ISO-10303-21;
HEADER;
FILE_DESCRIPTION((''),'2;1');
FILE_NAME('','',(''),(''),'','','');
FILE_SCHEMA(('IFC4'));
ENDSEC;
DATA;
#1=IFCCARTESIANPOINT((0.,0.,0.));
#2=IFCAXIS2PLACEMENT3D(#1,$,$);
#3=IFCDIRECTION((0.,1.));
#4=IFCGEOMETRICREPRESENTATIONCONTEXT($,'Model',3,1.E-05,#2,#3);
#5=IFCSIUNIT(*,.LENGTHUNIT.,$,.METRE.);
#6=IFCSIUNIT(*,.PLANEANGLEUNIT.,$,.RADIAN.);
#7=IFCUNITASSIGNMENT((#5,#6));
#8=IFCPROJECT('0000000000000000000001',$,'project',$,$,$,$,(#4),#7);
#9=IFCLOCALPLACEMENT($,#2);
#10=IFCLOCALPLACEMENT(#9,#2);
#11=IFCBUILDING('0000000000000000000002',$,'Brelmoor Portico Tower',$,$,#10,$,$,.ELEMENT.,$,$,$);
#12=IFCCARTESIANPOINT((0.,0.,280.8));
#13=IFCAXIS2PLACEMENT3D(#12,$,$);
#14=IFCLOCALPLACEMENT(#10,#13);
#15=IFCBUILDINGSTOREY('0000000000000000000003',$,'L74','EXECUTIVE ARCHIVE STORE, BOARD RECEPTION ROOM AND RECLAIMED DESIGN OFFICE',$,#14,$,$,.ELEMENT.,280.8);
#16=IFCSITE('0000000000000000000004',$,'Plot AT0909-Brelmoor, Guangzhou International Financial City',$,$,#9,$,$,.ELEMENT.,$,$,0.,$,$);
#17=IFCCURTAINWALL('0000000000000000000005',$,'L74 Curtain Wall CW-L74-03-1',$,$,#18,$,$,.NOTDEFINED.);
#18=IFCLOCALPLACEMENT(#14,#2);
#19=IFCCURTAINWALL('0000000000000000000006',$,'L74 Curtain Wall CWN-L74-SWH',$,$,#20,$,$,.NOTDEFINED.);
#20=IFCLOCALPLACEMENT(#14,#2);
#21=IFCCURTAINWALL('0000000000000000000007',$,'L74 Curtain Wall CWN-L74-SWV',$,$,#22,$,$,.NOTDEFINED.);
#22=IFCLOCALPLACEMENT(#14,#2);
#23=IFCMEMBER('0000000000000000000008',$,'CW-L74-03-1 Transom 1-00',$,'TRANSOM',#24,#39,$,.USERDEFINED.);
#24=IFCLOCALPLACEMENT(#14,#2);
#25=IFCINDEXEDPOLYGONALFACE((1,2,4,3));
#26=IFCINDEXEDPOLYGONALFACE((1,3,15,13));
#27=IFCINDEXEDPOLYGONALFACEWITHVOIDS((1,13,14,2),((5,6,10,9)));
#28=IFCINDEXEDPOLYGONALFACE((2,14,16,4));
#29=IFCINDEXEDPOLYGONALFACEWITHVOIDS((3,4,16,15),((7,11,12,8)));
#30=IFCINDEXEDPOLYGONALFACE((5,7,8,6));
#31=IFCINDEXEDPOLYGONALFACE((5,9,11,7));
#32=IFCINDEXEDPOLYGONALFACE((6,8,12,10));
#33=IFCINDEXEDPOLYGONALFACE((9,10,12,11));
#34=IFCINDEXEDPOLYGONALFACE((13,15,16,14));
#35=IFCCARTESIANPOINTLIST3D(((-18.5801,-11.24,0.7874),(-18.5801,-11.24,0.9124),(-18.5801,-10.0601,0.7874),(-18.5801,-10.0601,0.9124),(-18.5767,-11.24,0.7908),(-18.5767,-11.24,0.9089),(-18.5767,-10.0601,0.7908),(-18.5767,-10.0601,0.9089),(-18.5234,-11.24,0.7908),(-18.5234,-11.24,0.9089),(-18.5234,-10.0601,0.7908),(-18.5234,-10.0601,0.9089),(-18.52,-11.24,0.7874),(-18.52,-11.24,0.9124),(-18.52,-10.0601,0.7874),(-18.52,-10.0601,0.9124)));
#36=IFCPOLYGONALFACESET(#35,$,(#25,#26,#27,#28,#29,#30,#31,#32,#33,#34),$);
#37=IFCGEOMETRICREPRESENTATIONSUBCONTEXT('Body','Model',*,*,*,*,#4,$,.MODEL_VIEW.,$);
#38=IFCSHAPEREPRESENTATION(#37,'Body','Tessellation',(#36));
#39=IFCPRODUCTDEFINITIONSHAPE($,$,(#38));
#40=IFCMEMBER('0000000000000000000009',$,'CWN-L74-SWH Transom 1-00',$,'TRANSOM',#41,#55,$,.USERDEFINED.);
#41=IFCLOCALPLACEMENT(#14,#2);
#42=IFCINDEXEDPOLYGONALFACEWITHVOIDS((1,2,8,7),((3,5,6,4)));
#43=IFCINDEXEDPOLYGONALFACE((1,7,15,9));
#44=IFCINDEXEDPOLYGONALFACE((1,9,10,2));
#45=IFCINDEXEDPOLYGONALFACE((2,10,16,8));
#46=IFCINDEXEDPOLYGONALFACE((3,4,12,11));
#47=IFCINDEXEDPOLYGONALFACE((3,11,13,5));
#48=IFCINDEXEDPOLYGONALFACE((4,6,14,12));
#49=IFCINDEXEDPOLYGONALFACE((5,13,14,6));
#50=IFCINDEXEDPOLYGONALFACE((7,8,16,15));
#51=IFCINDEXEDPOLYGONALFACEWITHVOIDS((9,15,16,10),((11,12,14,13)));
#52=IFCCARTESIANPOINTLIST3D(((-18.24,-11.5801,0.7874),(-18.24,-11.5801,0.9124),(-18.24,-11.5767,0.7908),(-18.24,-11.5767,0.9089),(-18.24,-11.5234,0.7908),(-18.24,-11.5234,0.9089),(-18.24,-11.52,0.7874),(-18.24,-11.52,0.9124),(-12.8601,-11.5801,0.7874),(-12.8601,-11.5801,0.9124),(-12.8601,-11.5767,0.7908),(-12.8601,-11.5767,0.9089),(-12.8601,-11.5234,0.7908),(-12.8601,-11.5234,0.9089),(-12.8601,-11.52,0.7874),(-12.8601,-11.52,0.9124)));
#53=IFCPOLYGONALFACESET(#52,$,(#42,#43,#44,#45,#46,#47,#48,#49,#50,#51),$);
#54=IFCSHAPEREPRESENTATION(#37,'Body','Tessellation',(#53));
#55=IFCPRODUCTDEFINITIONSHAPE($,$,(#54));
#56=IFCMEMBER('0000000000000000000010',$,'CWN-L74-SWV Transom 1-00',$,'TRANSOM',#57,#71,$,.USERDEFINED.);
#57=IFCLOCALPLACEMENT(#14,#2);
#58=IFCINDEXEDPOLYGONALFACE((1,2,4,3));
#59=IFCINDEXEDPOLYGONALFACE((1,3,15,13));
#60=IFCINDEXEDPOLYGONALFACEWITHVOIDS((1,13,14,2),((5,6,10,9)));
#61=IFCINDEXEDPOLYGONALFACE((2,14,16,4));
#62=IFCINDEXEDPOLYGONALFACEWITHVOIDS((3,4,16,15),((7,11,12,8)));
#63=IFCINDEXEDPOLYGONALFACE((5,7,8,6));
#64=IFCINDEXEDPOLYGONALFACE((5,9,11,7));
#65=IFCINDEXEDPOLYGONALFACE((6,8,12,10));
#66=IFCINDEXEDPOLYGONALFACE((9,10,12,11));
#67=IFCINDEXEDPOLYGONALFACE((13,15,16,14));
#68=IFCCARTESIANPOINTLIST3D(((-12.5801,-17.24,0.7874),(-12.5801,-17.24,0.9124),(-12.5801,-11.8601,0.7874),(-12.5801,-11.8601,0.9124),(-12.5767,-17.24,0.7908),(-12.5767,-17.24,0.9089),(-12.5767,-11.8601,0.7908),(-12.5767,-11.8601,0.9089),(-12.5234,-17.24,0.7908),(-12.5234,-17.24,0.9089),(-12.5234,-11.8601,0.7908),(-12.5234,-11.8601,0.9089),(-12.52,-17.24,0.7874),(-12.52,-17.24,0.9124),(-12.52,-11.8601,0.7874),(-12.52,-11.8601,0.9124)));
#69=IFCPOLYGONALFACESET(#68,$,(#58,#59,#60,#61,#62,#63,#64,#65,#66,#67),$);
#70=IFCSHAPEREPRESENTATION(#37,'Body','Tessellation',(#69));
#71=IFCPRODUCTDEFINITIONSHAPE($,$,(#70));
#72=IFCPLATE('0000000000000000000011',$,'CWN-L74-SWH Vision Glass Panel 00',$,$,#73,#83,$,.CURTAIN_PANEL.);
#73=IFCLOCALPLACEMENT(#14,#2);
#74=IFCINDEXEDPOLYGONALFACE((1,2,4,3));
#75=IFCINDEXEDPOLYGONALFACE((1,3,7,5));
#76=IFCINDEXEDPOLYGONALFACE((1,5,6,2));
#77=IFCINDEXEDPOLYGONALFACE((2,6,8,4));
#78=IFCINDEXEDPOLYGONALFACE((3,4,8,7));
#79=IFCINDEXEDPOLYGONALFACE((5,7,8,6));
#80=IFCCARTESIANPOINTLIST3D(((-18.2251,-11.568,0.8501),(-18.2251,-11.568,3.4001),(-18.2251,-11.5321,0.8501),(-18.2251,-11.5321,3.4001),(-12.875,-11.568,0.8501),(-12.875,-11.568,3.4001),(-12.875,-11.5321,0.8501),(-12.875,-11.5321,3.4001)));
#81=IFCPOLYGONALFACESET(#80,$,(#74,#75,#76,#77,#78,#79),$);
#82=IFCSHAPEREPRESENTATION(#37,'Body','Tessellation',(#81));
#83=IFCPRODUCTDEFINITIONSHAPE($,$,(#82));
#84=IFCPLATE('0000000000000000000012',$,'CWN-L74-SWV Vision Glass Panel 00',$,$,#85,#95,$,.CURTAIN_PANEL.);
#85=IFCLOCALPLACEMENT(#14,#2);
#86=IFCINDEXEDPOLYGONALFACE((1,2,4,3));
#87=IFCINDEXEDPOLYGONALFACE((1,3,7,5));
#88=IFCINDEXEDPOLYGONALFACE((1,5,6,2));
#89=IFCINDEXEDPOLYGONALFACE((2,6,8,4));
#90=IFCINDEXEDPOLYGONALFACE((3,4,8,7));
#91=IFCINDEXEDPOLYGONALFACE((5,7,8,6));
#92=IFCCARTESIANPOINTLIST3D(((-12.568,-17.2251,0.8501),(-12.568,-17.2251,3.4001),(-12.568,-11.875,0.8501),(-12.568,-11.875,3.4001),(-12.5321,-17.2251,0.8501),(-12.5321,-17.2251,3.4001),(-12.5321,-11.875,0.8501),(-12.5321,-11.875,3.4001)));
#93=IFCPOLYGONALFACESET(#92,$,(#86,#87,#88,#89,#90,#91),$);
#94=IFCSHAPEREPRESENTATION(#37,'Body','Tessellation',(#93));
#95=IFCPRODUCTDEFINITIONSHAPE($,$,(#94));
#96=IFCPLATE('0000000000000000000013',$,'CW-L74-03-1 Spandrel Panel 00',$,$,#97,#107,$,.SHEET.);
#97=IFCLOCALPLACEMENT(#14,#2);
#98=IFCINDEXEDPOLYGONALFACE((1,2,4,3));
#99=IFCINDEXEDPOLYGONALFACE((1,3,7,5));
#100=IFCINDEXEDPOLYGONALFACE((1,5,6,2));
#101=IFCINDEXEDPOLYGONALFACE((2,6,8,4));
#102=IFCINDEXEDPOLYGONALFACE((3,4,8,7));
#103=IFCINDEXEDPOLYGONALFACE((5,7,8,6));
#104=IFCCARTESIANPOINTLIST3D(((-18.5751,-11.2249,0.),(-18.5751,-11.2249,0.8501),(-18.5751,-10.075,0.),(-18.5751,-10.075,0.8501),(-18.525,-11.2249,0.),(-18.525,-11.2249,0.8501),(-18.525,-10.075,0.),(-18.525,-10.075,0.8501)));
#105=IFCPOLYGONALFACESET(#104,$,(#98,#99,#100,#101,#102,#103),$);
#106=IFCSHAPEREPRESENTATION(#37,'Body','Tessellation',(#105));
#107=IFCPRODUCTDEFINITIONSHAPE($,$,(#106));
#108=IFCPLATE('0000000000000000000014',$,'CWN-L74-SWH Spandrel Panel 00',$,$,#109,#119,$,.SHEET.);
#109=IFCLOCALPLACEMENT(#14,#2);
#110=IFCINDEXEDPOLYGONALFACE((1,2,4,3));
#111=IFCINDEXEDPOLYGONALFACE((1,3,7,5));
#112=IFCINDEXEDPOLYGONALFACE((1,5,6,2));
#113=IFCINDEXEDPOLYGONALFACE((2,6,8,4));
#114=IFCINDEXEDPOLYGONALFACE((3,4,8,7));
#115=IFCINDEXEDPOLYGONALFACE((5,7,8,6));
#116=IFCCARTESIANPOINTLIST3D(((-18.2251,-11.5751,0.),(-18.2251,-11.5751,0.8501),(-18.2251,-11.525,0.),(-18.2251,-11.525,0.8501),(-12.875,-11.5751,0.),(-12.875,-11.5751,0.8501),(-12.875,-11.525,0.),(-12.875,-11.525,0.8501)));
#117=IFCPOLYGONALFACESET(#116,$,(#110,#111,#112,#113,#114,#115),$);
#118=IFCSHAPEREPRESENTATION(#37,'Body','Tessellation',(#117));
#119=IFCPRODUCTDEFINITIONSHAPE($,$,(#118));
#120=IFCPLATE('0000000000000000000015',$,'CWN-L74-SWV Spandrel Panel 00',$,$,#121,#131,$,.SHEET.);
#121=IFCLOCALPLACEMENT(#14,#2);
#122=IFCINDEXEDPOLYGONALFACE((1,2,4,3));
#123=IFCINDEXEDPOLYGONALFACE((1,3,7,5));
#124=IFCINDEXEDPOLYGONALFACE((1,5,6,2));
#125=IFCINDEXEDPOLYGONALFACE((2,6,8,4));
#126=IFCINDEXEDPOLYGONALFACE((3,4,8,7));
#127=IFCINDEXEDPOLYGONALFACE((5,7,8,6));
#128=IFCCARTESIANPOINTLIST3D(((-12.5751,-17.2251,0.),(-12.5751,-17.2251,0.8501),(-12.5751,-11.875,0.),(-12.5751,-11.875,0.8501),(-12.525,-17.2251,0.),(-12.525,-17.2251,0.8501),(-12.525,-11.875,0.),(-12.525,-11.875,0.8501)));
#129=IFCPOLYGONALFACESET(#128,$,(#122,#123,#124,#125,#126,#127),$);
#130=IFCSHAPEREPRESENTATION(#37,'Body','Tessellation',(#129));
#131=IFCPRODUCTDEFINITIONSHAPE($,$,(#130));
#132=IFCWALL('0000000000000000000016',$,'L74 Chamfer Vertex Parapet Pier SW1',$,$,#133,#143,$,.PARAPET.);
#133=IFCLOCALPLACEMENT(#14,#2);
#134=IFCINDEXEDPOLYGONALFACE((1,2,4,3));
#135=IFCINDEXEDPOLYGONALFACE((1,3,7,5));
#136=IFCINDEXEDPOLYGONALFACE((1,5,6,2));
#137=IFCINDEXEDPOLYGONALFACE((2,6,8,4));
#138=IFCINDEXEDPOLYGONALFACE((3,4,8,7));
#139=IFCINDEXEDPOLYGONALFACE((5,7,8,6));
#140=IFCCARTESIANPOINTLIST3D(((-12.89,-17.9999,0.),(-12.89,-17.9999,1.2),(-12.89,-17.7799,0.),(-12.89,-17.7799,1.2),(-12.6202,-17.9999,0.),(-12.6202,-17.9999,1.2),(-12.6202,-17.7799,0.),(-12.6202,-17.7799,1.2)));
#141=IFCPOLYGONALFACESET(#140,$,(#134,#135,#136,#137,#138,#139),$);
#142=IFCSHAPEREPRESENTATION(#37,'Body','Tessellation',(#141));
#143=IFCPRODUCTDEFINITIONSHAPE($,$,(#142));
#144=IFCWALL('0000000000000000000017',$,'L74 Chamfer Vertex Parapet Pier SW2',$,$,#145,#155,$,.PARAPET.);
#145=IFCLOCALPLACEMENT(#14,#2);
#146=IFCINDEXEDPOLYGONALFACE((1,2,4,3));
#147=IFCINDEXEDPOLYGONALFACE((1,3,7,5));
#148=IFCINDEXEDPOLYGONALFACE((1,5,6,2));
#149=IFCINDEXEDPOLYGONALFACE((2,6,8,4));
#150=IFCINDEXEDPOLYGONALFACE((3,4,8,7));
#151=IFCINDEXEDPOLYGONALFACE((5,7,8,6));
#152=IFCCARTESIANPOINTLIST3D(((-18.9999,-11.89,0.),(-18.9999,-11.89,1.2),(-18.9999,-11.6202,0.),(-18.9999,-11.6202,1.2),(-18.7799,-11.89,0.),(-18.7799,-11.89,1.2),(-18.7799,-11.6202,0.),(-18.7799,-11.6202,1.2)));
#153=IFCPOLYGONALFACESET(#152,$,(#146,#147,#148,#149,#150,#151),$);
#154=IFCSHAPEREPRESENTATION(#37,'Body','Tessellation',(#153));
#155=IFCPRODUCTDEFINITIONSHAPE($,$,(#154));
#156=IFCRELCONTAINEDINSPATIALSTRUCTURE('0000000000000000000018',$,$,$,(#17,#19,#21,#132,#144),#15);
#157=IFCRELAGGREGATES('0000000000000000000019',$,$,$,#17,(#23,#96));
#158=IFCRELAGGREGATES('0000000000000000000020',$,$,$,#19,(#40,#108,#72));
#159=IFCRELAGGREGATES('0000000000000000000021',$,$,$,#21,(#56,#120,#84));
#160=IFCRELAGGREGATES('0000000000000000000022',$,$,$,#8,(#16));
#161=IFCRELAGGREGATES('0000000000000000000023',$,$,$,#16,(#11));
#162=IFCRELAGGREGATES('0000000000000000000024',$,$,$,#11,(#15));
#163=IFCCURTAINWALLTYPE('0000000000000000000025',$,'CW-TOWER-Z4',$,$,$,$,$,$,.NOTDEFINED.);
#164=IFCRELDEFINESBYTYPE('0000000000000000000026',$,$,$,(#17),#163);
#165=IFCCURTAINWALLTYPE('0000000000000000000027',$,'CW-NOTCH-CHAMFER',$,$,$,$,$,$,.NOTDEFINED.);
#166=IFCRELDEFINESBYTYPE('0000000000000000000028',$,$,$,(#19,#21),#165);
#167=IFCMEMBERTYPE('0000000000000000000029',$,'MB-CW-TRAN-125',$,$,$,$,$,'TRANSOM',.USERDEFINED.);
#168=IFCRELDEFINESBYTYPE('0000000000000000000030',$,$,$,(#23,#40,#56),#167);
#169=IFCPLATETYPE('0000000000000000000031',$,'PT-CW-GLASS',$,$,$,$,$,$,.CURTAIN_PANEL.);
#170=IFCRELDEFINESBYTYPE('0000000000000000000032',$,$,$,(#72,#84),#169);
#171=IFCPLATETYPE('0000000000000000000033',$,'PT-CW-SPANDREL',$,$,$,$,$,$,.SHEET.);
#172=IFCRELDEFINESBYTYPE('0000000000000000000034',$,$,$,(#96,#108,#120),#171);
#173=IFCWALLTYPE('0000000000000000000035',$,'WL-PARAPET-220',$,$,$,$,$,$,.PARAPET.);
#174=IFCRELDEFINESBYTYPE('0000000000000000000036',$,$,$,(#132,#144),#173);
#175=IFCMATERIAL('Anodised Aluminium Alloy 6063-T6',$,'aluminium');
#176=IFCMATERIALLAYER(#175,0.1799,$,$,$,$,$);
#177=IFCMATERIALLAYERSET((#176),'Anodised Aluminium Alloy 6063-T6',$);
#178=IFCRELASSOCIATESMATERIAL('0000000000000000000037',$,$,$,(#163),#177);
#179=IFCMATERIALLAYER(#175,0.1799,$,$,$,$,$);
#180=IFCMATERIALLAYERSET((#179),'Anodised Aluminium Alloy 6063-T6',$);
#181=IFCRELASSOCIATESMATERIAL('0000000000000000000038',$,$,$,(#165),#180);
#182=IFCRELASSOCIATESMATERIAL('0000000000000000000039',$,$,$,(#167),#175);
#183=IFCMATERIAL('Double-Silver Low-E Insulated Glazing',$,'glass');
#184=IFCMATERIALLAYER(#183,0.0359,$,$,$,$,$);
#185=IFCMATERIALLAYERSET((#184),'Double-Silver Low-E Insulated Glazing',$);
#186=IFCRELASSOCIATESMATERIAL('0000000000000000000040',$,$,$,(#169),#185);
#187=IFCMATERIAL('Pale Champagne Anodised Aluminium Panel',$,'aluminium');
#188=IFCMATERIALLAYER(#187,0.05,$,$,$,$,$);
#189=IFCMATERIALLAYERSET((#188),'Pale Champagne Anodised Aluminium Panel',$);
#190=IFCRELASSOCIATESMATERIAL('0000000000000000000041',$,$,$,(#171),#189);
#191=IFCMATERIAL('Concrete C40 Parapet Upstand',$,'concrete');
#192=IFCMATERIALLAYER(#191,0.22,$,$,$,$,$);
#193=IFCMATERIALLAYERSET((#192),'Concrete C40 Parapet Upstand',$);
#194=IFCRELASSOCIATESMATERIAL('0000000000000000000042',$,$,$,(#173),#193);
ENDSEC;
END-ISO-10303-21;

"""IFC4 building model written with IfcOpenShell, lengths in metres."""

from ifc_helpers import new_model, si_unit, direction, frame, frame_2d, origin, origin_2d, place, context, subcontext, project, spatial, rectangle, hollow_rectangle, extrude, material, layer, layer_set, material_profile, profile_set, type_object, element, aggregate, save


model = new_model("IFC4")

# Units and contexts
model_context = context("Model", 3, precision=1e-05, world=origin(), true_north=direction((0.0, 1.0)))
body_context = subcontext(model_context, "Body", "Model", "MODEL_VIEW")
ifc_project = project(units=[si_unit("LENGTHUNIT", "METRE"), si_unit("PLANEANGLEUNIT", "RADIAN")], contexts=[model_context])

# Site, building, storey
site_placement = place(None, origin())
site = spatial("IfcSite", under=ifc_project, at=site_placement, Name="Plot AT0909-Brelmoor, Guangzhou International Financial City", CompositionType="ELEMENT", RefElevation=0.0)
building_placement = place(site_placement, origin())
building = spatial("IfcBuilding", under=site, at=building_placement, Name="Brelmoor Portico Tower", CompositionType="ELEMENT")
storey_placement = place(building_placement, frame((0.0, 0.0, 280.8)))
storey = spatial("IfcBuildingStorey", under=building, at=storey_placement, Name="L74", Description="EXECUTIVE ARCHIVE STORE, BOARD RECEPTION ROOM AND RECLAIMED DESIGN OFFICE", CompositionType="ELEMENT", Elevation=280.8)

# Curtain wall
ifc_material_1 = material(Name="Anodised Aluminium Alloy 6063-T6", Category="aluminium")
ifc_layer_1 = layer(ifc_material_1, 0.1799)
ifc_layer_set_1 = layer_set([ifc_layer_1], Name="Anodised Aluminium Alloy 6063-T6")
curtain_wall_type_1 = type_object("IfcCurtainWallType", Name="CW-TOWER-Z4", PredefinedType="NOTDEFINED", material=ifc_layer_set_1)
curtain_wall_1_placement = place(storey_placement, origin())
curtain_wall_1 = element("IfcCurtainWall", 1, at=curtain_wall_1_placement, inside=storey, type_object=curtain_wall_type_1, Name="L74 Curtain Wall CW-L74-03-1", PredefinedType="NOTDEFINED")

# Curtain wall
ifc_layer_2 = layer(ifc_material_1, 0.1799)
ifc_layer_set_2 = layer_set([ifc_layer_2], Name="Anodised Aluminium Alloy 6063-T6")
curtain_wall_type_2 = type_object("IfcCurtainWallType", Name="CW-NOTCH-CHAMFER", PredefinedType="NOTDEFINED", material=ifc_layer_set_2)
curtain_wall_2_placement = place(storey_placement, origin())
curtain_wall_2 = element("IfcCurtainWall", 2, at=curtain_wall_2_placement, inside=storey, type_object=curtain_wall_type_2, Name="L74 Curtain Wall CWN-L74-SWH", PredefinedType="NOTDEFINED")

# Curtain wall
curtain_wall_3_placement = place(storey_placement, origin())
curtain_wall_3 = element("IfcCurtainWall", 3, at=curtain_wall_3_placement, inside=storey, type_object=curtain_wall_type_2, Name="L74 Curtain Wall CWN-L74-SWV", PredefinedType="NOTDEFINED")

# Members
ifc_material_profile_1 = material_profile(ifc_material_1, hollow_rectangle(XDim=0.0601, YDim=0.125, WallThickness=0.0034, at=origin_2d()), Name="ALU TRANSOM 60x125")
ifc_profile_set_1 = profile_set([ifc_material_profile_1], Name="Anodised Aluminium Alloy 6063-T6")
member_type_1 = type_object("IfcMemberType", Name="MB-CW-TRAN-125", ElementType="TRANSOM", PredefinedType="USERDEFINED", material=ifc_profile_set_1)
member_1_placement = place(storey_placement, frame((-18.55, -11.24, 0.8499), z_axis=(0.0, 1.0, 0.0), x_axis=(-1.0, 0.0, 0.0)))
member_1 = element("IfcMember", 4, at=member_1_placement, type_object=member_type_1, Name="CW-L74-03-1 Transom 1-00", ObjectType="TRANSOM", PredefinedType="USERDEFINED", context=body_context, shape_type="SweptSolid", body=[
    extrude(hollow_rectangle(XDim=0.0601, YDim=0.125, WallThickness=0.0034, at=origin_2d()), origin(), (0.0, 0.0, 1.0), 1.1799),
])
member_2_placement = place(storey_placement, frame((-18.24, -11.55, 0.8499), z_axis=(1.0, 0.0, 0.0), x_axis=(0.0, 1.0, 0.0)))
member_2 = element("IfcMember", 5, at=member_2_placement, type_object=member_type_1, Name="CWN-L74-SWH Transom 1-00", ObjectType="TRANSOM", PredefinedType="USERDEFINED", context=body_context, shape_type="SweptSolid", body=[
    extrude(hollow_rectangle(XDim=0.0601, YDim=0.125, WallThickness=0.0034, at=origin_2d()), origin(), (0.0, 0.0, 1.0), 5.3799),
])
member_3_placement = place(storey_placement, frame((-12.55, -17.24, 0.8499), z_axis=(0.0, 1.0, 0.0), x_axis=(-1.0, 0.0, 0.0)))
member_3 = element("IfcMember", 6, at=member_3_placement, type_object=member_type_1, Name="CWN-L74-SWV Transom 1-00", ObjectType="TRANSOM", PredefinedType="USERDEFINED", context=body_context, shape_type="SweptSolid", body=[
    extrude(hollow_rectangle(XDim=0.0601, YDim=0.125, WallThickness=0.0034, at=origin_2d()), origin(), (0.0, 0.0, 1.0), 5.3799),
])

# Plates
ifc_material_2 = material(Name="Double-Silver Low-E Insulated Glazing", Category="glass")
ifc_layer_3 = layer(ifc_material_2, 0.0359)
ifc_layer_set_3 = layer_set([ifc_layer_3], Name="Double-Silver Low-E Insulated Glazing")
plate_type_1 = type_object("IfcPlateType", Name="PT-CW-GLASS", PredefinedType="CURTAIN_PANEL", material=ifc_layer_set_3)
plate_1_placement = place(storey_placement, frame((-15.55, -11.55, 0.8501), z_axis=(0.0, 0.0, 1.0), x_axis=(1.0, 0.0, 0.0)))
plate_1 = element("IfcPlate", 7, at=plate_1_placement, type_object=plate_type_1, Name="CWN-L74-SWH Vision Glass Panel 00", PredefinedType="CURTAIN_PANEL", context=body_context, shape_type="SweptSolid", body=[
    extrude(rectangle(XDim=5.3501, YDim=0.0359, at=origin_2d()), origin(), (0.0, 0.0, 1.0), 2.55),
])
plate_2_placement = place(storey_placement, frame((-12.55, -14.55, 0.8501), z_axis=(0.0, 0.0, 1.0), x_axis=(0.0, 1.0, 0.0)))
plate_2 = element("IfcPlate", 8, at=plate_2_placement, type_object=plate_type_1, Name="CWN-L74-SWV Vision Glass Panel 00", PredefinedType="CURTAIN_PANEL", context=body_context, shape_type="SweptSolid", body=[
    extrude(rectangle(XDim=5.3501, YDim=0.0359, at=origin_2d()), origin(), (0.0, 0.0, 1.0), 2.55),
])
ifc_material_3 = material(Name="Pale Champagne Anodised Aluminium Panel", Category="aluminium")
ifc_layer_4 = layer(ifc_material_3, 0.05)
ifc_layer_set_4 = layer_set([ifc_layer_4], Name="Pale Champagne Anodised Aluminium Panel")
plate_type_2 = type_object("IfcPlateType", Name="PT-CW-SPANDREL", PredefinedType="SHEET", material=ifc_layer_set_4)
plate_3_placement = place(storey_placement, frame((-18.55, -10.6499, 0.0), z_axis=(0.0, 0.0, 1.0), x_axis=(0.0, 1.0, 0.0)))
plate_3 = element("IfcPlate", 9, at=plate_3_placement, type_object=plate_type_2, Name="CW-L74-03-1 Spandrel Panel 00", PredefinedType="SHEET", context=body_context, shape_type="SweptSolid", body=[
    extrude(rectangle(XDim=1.1499, YDim=0.05, at=origin_2d()), origin(), (0.0, 0.0, 1.0), 0.8501),
])
aggregate(curtain_wall_1, [member_1, plate_3])
plate_4_placement = place(storey_placement, frame((-15.55, -11.55, 0.0), z_axis=(0.0, 0.0, 1.0), x_axis=(1.0, 0.0, 0.0)))
plate_4 = element("IfcPlate", 10, at=plate_4_placement, type_object=plate_type_2, Name="CWN-L74-SWH Spandrel Panel 00", PredefinedType="SHEET", context=body_context, shape_type="SweptSolid", body=[
    extrude(rectangle(XDim=5.3501, YDim=0.05, at=origin_2d()), origin(), (0.0, 0.0, 1.0), 0.8501),
])
aggregate(curtain_wall_2, [member_2, plate_4, plate_1])
plate_5_placement = place(storey_placement, frame((-12.55, -14.55, 0.0), z_axis=(0.0, 0.0, 1.0), x_axis=(0.0, 1.0, 0.0)))
plate_5 = element("IfcPlate", 11, at=plate_5_placement, type_object=plate_type_2, Name="CWN-L74-SWV Spandrel Panel 00", PredefinedType="SHEET", context=body_context, shape_type="SweptSolid", body=[
    extrude(rectangle(XDim=5.3501, YDim=0.05, at=origin_2d()), origin(), (0.0, 0.0, 1.0), 0.8501),
])
aggregate(curtain_wall_3, [member_3, plate_5, plate_2])

# Walls
ifc_material_4 = material(Name="Concrete C40 Parapet Upstand", Category="concrete")
ifc_layer_5 = layer(ifc_material_4, 0.22)
ifc_layer_set_5 = layer_set([ifc_layer_5], Name="Concrete C40 Parapet Upstand")
wall_type = type_object("IfcWallType", Name="WL-PARAPET-220", PredefinedType="PARAPET", material=ifc_layer_set_5)
for number, where, z_axis, x_axis, name in (
    (12, (-12.8899, -17.8899, 0.0), (0.0, 0.0, 1.0), (1.0, 0.0, 0.0), "L74 Chamfer Vertex Parapet Pier SW1"),
    (13, (-18.8899, -11.8899, 0.0), (0.0, 0.0, 1.0), (0.0, 1.0, 0.0), "L74 Chamfer Vertex Parapet Pier SW2"),
):
    element("IfcWall", number, at=place(storey_placement, frame(where, z_axis=z_axis, x_axis=x_axis)), inside=storey, type_object=wall_type, Name=name, PredefinedType="PARAPET", context=body_context, shape_type="SweptSolid", body=[
        extrude(rectangle(XDim=0.2698, YDim=0.22, at=frame_2d((0.1348, 0.0))), origin(), (0.0, 0.0, 1.0), 1.2),
    ])

save(model, "model.ifc")
